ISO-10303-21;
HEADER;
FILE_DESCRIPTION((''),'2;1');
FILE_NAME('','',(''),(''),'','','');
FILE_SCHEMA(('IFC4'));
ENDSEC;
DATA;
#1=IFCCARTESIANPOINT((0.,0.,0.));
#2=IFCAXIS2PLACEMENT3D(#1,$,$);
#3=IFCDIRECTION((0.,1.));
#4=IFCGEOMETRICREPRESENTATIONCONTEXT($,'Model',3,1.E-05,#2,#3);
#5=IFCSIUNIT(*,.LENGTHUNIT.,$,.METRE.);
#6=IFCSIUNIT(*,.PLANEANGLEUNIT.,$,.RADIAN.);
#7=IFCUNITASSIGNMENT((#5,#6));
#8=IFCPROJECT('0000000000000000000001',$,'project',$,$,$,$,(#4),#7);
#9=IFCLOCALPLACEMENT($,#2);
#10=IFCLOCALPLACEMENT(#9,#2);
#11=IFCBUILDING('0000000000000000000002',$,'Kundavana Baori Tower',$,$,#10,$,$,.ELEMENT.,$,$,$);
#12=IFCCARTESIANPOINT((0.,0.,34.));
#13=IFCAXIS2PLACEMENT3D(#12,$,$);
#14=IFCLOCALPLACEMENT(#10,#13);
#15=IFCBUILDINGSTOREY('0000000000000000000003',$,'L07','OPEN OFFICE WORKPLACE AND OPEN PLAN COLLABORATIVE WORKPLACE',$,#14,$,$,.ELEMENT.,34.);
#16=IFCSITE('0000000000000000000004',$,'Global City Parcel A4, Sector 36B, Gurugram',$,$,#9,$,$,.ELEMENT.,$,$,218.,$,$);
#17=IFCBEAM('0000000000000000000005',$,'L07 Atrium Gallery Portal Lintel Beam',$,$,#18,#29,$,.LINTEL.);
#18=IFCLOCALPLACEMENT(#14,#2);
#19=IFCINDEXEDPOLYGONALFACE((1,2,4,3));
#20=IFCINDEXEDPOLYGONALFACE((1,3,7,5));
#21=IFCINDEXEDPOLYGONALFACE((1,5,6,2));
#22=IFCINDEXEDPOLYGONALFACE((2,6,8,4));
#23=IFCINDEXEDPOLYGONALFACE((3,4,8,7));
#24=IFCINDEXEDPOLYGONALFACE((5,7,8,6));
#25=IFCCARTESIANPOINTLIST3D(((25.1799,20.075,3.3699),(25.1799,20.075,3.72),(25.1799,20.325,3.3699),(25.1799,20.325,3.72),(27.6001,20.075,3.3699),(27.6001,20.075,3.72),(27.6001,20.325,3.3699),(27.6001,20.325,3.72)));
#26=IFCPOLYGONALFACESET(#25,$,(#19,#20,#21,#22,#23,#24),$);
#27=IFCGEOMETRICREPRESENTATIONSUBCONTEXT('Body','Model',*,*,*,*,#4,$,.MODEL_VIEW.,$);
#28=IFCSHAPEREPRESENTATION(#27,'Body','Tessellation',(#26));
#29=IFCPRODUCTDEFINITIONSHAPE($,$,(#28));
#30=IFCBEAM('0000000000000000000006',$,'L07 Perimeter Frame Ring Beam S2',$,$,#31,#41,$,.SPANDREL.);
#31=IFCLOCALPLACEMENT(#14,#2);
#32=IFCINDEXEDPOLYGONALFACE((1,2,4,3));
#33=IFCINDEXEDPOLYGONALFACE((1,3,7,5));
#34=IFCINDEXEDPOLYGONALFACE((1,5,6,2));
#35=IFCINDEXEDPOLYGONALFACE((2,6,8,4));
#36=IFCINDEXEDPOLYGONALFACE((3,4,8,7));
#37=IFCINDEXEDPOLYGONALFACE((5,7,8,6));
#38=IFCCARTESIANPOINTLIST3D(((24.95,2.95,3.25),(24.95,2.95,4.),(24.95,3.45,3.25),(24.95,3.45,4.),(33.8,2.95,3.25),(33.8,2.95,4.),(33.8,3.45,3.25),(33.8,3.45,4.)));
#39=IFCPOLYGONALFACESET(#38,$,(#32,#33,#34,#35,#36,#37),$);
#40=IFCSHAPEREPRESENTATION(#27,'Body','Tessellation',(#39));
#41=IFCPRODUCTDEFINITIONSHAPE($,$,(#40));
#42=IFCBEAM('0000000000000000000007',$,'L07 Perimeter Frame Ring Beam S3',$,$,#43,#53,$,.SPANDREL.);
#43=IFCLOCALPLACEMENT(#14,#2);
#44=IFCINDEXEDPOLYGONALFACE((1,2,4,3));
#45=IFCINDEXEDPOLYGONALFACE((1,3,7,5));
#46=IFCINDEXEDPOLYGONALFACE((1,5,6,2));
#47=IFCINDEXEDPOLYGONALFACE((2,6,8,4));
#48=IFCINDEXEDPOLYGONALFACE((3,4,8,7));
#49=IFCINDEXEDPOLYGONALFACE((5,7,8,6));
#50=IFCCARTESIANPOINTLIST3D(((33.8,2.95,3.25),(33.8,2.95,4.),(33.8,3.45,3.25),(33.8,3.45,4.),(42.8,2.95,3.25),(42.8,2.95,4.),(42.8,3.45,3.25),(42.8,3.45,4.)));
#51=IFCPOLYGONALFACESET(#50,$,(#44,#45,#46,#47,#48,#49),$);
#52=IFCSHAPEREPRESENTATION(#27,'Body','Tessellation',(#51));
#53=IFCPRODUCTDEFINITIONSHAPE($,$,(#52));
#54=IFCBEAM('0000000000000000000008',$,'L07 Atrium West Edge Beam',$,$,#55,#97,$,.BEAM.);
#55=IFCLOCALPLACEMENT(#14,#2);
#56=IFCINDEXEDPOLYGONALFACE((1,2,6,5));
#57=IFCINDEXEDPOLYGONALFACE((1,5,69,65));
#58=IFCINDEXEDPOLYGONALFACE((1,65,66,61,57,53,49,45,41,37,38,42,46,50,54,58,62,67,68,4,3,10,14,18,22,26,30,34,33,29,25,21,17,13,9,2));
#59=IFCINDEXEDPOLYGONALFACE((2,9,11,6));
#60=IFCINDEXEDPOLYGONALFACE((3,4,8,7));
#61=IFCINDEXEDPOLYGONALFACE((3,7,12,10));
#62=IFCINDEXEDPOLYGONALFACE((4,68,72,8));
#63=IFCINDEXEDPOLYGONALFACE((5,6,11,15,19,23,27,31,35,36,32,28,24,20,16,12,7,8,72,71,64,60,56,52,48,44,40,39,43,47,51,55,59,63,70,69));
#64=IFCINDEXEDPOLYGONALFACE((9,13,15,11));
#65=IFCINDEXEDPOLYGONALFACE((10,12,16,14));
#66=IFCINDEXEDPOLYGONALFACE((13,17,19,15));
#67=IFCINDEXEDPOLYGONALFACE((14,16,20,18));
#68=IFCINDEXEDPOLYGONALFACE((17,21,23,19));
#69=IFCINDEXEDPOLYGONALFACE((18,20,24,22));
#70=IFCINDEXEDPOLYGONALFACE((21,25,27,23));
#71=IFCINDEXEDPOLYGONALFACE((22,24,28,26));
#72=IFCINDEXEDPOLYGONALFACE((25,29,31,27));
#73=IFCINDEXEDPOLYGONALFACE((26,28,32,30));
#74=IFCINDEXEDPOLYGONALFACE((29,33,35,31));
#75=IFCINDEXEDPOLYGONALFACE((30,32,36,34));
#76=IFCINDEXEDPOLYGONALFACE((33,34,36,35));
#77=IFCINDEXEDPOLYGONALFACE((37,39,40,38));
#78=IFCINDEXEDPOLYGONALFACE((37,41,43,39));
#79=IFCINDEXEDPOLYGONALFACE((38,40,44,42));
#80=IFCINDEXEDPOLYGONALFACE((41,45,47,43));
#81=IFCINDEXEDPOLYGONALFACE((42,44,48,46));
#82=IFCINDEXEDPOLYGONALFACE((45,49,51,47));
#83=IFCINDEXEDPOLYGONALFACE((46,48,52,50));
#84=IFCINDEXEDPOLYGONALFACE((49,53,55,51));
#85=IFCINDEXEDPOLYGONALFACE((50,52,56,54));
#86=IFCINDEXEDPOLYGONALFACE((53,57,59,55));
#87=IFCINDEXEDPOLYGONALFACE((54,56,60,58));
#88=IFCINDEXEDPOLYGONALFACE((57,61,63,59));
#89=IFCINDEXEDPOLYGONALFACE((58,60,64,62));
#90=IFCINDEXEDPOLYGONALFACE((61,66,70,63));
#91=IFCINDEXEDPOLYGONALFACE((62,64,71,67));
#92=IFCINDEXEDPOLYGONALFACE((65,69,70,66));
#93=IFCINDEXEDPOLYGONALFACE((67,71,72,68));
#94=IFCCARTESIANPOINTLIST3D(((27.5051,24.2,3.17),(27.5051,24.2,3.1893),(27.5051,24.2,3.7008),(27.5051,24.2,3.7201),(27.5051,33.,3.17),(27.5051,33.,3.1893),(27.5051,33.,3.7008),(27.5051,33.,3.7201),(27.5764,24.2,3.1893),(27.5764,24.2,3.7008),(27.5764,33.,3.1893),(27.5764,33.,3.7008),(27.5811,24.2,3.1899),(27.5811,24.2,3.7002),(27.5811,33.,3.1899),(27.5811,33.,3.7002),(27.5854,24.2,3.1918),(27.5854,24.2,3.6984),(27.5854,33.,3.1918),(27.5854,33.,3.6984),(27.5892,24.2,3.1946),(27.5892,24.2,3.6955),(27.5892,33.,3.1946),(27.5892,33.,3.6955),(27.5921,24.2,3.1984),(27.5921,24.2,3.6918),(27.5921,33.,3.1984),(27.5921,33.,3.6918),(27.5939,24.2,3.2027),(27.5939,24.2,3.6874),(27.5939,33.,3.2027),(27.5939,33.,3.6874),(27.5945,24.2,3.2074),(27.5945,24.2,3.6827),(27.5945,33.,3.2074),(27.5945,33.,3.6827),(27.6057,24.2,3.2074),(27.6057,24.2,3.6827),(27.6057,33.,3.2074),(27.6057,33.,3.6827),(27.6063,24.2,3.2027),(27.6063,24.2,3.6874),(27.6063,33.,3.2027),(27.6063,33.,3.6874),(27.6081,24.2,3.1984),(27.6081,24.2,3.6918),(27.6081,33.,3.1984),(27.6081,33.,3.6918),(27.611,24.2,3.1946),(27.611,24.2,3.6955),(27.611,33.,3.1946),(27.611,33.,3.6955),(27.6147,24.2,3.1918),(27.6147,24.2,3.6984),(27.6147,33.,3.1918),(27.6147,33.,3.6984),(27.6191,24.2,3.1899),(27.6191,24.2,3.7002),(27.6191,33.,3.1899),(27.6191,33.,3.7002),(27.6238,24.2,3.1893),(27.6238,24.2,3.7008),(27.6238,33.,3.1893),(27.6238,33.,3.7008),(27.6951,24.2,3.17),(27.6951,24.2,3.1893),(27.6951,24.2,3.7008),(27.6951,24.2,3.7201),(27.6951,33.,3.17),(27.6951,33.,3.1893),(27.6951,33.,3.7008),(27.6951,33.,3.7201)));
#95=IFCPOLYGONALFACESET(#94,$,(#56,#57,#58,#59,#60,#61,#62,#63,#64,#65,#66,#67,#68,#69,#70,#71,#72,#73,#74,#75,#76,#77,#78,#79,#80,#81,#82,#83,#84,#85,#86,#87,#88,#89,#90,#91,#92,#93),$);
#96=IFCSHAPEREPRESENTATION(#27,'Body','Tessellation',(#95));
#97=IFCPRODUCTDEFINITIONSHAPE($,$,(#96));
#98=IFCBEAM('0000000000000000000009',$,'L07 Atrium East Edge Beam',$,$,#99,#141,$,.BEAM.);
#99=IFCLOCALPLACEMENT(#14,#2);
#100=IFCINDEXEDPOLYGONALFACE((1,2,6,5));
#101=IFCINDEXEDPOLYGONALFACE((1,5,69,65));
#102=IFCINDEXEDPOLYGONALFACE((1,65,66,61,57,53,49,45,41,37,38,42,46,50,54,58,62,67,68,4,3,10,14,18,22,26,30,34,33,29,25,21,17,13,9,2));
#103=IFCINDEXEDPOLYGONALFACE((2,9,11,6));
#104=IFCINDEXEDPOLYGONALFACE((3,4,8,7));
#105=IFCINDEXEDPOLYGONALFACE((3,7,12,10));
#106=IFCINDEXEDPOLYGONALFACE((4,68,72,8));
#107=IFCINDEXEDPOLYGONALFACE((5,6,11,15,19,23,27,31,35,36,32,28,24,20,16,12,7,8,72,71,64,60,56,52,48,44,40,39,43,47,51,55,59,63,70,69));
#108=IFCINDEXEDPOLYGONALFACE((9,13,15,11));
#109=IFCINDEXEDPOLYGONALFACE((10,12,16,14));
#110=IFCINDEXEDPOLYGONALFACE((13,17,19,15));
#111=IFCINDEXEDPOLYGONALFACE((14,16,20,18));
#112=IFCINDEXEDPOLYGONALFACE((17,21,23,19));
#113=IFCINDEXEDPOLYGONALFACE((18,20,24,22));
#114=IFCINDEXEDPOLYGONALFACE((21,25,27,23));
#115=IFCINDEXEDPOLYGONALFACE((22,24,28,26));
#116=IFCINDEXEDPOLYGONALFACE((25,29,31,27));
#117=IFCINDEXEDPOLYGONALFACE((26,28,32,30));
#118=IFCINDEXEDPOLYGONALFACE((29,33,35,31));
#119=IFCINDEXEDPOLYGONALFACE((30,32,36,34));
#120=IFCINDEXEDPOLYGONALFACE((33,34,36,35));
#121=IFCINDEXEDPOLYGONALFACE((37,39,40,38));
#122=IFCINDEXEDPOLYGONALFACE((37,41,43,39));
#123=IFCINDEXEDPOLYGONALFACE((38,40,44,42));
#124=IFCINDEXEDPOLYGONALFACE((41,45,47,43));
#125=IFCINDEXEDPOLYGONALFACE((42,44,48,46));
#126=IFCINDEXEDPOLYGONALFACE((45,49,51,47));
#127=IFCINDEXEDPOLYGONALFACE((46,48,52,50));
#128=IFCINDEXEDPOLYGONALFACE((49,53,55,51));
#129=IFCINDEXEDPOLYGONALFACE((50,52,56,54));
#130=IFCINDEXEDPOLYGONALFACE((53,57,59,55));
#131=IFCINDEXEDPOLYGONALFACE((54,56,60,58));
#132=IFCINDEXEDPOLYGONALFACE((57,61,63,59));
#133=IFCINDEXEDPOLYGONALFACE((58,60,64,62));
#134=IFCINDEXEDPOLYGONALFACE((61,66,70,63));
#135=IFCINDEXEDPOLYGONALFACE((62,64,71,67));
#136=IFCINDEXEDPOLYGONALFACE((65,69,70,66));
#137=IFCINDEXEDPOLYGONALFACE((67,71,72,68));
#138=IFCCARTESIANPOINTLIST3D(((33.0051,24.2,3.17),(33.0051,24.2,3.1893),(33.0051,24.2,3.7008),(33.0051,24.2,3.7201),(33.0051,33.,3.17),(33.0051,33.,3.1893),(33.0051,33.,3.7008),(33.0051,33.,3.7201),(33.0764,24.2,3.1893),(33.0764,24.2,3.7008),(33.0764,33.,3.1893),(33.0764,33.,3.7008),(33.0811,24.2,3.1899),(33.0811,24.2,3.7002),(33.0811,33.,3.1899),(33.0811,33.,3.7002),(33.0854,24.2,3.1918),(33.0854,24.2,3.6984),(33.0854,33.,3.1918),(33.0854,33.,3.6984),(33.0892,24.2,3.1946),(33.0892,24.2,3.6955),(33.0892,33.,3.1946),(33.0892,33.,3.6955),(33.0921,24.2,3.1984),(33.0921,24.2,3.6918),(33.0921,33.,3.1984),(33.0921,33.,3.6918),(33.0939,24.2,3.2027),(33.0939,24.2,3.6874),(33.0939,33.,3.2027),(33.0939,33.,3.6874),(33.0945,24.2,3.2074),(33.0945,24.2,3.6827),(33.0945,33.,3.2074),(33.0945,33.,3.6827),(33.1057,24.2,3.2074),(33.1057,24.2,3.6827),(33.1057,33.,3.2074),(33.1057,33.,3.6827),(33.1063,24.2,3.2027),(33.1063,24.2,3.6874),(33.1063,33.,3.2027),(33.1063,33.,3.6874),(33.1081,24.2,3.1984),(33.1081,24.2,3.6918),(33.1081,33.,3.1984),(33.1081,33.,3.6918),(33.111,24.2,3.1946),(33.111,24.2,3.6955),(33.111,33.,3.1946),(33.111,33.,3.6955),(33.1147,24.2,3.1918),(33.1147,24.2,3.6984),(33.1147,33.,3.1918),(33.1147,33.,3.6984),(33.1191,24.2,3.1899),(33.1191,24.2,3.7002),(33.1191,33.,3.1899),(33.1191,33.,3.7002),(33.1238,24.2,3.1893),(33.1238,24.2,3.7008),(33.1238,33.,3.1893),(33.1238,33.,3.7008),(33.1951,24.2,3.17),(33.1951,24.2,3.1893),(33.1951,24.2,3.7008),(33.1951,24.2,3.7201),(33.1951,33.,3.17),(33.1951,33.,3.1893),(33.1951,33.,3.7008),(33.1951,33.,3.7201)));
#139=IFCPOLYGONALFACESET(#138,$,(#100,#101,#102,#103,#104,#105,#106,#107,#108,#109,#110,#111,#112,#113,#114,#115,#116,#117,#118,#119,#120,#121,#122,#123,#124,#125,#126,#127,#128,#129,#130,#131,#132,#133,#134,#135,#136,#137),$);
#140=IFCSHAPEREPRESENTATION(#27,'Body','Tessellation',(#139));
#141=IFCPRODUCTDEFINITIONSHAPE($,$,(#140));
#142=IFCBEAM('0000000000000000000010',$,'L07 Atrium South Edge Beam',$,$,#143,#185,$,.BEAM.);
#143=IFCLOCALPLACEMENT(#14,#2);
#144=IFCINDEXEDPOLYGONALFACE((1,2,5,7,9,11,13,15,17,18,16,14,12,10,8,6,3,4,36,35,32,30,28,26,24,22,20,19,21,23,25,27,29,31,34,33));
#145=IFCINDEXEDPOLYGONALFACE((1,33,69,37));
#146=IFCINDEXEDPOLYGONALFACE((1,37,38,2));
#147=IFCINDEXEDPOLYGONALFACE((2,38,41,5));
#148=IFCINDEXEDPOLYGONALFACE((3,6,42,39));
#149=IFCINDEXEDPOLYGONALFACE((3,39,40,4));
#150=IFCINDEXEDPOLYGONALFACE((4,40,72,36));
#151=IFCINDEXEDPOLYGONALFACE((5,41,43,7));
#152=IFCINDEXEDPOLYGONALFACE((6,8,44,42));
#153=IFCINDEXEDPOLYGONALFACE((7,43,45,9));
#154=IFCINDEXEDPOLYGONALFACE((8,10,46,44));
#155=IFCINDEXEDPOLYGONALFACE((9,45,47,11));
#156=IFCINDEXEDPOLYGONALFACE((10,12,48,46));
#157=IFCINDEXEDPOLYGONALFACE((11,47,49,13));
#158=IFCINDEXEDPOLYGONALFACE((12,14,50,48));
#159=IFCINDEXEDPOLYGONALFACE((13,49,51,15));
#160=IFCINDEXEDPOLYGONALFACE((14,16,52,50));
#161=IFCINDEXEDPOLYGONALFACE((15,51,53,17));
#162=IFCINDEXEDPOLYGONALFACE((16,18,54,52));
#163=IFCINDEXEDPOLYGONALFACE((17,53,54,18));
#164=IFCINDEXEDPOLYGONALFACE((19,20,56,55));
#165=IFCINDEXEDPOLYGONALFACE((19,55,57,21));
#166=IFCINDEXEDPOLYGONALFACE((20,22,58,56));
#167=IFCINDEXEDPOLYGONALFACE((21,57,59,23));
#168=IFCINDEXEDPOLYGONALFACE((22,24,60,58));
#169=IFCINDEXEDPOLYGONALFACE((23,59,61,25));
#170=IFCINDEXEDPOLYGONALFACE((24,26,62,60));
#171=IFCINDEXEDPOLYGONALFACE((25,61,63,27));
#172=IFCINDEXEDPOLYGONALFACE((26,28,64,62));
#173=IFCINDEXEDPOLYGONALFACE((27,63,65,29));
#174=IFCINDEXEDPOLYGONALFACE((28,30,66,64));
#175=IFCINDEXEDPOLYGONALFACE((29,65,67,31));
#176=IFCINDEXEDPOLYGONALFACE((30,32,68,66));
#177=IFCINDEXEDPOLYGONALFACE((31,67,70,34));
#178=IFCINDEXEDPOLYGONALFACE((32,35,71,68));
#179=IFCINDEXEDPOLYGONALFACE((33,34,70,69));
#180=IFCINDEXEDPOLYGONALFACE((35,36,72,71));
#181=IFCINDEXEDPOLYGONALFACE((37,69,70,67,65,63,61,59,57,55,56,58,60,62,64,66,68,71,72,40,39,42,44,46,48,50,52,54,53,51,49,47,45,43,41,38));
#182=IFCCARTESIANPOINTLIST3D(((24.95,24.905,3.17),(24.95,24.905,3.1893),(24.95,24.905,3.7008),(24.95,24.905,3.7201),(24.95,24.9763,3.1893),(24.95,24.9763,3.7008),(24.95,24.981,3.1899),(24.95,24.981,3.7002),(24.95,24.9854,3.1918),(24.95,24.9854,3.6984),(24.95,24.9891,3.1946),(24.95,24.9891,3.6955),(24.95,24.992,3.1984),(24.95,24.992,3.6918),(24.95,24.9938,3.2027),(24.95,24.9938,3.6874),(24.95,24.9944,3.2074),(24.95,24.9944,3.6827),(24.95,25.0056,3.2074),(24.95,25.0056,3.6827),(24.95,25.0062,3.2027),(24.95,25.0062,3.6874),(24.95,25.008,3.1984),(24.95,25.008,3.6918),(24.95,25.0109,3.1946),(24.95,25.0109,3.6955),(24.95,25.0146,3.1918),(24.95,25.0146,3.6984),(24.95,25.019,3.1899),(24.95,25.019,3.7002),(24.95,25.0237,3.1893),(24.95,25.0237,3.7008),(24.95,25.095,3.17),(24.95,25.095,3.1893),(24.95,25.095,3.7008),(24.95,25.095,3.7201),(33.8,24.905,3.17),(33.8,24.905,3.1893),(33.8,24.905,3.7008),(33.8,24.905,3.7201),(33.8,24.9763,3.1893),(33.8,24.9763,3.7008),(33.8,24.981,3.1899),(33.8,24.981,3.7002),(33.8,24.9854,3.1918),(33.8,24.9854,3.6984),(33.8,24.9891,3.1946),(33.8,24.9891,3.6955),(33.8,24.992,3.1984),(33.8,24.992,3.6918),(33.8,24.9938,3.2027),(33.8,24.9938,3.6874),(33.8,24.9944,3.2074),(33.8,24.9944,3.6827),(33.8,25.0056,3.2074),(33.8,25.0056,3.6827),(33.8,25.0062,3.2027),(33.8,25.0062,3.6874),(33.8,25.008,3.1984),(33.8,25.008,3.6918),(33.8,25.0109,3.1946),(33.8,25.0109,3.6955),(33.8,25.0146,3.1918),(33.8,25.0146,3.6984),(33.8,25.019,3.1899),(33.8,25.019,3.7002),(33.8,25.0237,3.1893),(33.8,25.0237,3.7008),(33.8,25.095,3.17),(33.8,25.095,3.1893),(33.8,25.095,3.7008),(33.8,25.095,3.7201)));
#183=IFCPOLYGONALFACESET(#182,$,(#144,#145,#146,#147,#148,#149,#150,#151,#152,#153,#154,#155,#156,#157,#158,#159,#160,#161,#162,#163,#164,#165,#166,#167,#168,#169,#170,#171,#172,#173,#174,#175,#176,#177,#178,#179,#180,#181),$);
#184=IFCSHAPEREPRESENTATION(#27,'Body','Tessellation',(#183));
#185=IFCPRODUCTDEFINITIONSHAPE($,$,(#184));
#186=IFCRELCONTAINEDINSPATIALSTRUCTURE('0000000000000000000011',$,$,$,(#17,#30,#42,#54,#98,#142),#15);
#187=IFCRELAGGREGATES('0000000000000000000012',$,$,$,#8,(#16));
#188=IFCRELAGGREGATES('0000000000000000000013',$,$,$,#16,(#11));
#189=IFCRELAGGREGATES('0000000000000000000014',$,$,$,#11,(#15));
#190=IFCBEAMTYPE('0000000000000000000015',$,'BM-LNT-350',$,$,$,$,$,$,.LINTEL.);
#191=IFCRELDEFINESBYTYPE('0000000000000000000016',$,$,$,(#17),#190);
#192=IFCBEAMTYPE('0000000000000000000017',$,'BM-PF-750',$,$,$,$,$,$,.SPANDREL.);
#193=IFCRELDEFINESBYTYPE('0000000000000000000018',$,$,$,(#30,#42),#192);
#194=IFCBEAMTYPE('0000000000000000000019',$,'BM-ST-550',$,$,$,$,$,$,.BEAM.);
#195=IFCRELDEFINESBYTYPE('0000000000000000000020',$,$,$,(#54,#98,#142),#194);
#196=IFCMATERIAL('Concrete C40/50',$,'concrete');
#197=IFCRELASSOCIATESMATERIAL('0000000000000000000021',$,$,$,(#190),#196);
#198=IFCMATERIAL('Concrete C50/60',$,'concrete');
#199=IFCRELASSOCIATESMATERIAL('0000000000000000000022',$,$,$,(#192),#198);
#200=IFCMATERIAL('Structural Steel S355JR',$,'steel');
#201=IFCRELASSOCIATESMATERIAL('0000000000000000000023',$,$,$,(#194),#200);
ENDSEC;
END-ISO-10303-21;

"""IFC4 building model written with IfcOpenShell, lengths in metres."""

from ifc_helpers import new_model, si_unit, direction, frame, origin, origin_2d, place, context, subcontext, project, spatial, rectangle, i_section, extrude, material, material_profile, profile_set, type_object, element, save


model = new_model("IFC4")

# Units and contexts
model_context = context("Model", 3, precision=1e-05, world=origin(), true_north=direction((0.0, 1.0)))
body_context = subcontext(model_context, "Body", "Model", "MODEL_VIEW")
ifc_project = project(units=[si_unit("LENGTHUNIT", "METRE"), si_unit("PLANEANGLEUNIT", "RADIAN")], contexts=[model_context])

# Site, building, storey
site_placement = place(None, origin())
site = spatial("IfcSite", under=ifc_project, at=site_placement, Name="Global City Parcel A4, Sector 36B, Gurugram", CompositionType="ELEMENT", RefElevation=218.0)
building_placement = place(site_placement, origin())
building = spatial("IfcBuilding", under=site, at=building_placement, Name="Kundavana Baori Tower", CompositionType="ELEMENT")
storey_placement = place(building_placement, frame((0.0, 0.0, 34.0)))
storey = spatial("IfcBuildingStorey", under=building, at=storey_placement, Name="L07", Description="OPEN OFFICE WORKPLACE AND OPEN PLAN COLLABORATIVE WORKPLACE", CompositionType="ELEMENT", Elevation=34.0)

# Beams
ifc_material_1 = material(Name="Concrete C40/50", Category="concrete")
ifc_material_profile_1 = material_profile(ifc_material_1, rectangle(XDim=0.25, YDim=0.3501, at=origin_2d()), Name="RC LNT 250x350")
ifc_profile_set_1 = profile_set([ifc_material_profile_1], Name="Concrete C40/50")
beam_type_1 = type_object("IfcBeamType", Name="BM-LNT-350", PredefinedType="LINTEL", material=ifc_profile_set_1)
beam_1_placement = place(storey_placement, frame((25.1799, 20.2, 3.5449), z_axis=(1.0, 0.0, 0.0), x_axis=(0.0, 1.0, 0.0)))
element("IfcBeam", 1, at=beam_1_placement, inside=storey, type_object=beam_type_1, Name="L07 Atrium Gallery Portal Lintel Beam", PredefinedType="LINTEL", context=body_context, shape_type="SweptSolid", body=[
    extrude(rectangle(XDim=0.25, YDim=0.3501, at=origin_2d()), origin(), (0.0, 0.0, 1.0), 2.4202),
])
ifc_material_2 = material(Name="Concrete C50/60", Category="concrete")
ifc_material_profile_2 = material_profile(ifc_material_2, rectangle(XDim=0.5, YDim=0.75, at=origin_2d()), Name="RC BM 500x750")
ifc_profile_set_2 = profile_set([ifc_material_profile_2], Name="Concrete C50/60")
beam_type_2 = type_object("IfcBeamType", Name="BM-PF-750", PredefinedType="SPANDREL", material=ifc_profile_set_2)
beam_2_placement = place(storey_placement, frame((24.95, 3.2, 3.625), z_axis=(1.0, 0.0, 0.0), x_axis=(0.0, 1.0, 0.0)))
element("IfcBeam", 2, at=beam_2_placement, inside=storey, type_object=beam_type_2, Name="L07 Perimeter Frame Ring Beam S2", PredefinedType="SPANDREL", context=body_context, shape_type="SweptSolid", body=[
    extrude(rectangle(XDim=0.5, YDim=0.75, at=origin_2d()), origin(), (0.0, 0.0, 1.0), 8.8501),
])
beam_3_placement = place(storey_placement, frame((33.8, 3.2, 3.625), z_axis=(1.0, 0.0, 0.0), x_axis=(0.0, 1.0, 0.0)))
element("IfcBeam", 3, at=beam_3_placement, inside=storey, type_object=beam_type_2, Name="L07 Perimeter Frame Ring Beam S3", PredefinedType="SPANDREL", context=body_context, shape_type="SweptSolid", body=[
    extrude(rectangle(XDim=0.5, YDim=0.75, at=origin_2d()), origin(), (0.0, 0.0, 1.0), 9.0),
])
ifc_material_3 = material(Name="Structural Steel S355JR", Category="steel")
ifc_material_profile_3 = material_profile(ifc_material_3, i_section(OverallWidth=0.1899, OverallDepth=0.55, WebThickness=0.0112, FlangeThickness=0.0193, FilletRadius=0.0181, at=origin_2d()), Name="ISMB 550")
ifc_profile_set_3 = profile_set([ifc_material_profile_3], Name="Structural Steel S355JR")
beam_type_3 = type_object("IfcBeamType", Name="BM-ST-550", PredefinedType="BEAM", material=ifc_profile_set_3)
for number, where, z_axis, x_axis, name in (
    (4, (27.6001, 24.2, 3.4451), (0.0, 1.0, 0.0), (-1.0, 0.0, 0.0), "L07 Atrium West Edge Beam"),
    (5, (33.1001, 24.2, 3.4451), (0.0, 1.0, 0.0), (-1.0, 0.0, 0.0), "L07 Atrium East Edge Beam"),
):
    element("IfcBeam", number, at=place(storey_placement, frame(where, z_axis=z_axis, x_axis=x_axis)), inside=storey, type_object=beam_type_3, Name=name, PredefinedType="BEAM", context=body_context, shape_type="SweptSolid", body=[
        extrude(i_section(OverallWidth=0.1899, OverallDepth=0.55, WebThickness=0.0112, FlangeThickness=0.0193, FilletRadius=0.0181, at=origin_2d()), origin(), (0.0, 0.0, 1.0), 8.8),
    ])
beam_4_placement = place(storey_placement, frame((24.95, 25.0, 3.4451), z_axis=(1.0, 0.0, 0.0), x_axis=(0.0, 1.0, 0.0)))
element("IfcBeam", 6, at=beam_4_placement, inside=storey, type_object=beam_type_3, Name="L07 Atrium South Edge Beam", PredefinedType="BEAM", context=body_context, shape_type="SweptSolid", body=[
    extrude(i_section(OverallWidth=0.1899, OverallDepth=0.55, WebThickness=0.0112, FlangeThickness=0.0193, FilletRadius=0.0181, at=origin_2d()), origin(), (0.0, 0.0, 1.0), 8.8501),
])

save(model, "model.ifc")
